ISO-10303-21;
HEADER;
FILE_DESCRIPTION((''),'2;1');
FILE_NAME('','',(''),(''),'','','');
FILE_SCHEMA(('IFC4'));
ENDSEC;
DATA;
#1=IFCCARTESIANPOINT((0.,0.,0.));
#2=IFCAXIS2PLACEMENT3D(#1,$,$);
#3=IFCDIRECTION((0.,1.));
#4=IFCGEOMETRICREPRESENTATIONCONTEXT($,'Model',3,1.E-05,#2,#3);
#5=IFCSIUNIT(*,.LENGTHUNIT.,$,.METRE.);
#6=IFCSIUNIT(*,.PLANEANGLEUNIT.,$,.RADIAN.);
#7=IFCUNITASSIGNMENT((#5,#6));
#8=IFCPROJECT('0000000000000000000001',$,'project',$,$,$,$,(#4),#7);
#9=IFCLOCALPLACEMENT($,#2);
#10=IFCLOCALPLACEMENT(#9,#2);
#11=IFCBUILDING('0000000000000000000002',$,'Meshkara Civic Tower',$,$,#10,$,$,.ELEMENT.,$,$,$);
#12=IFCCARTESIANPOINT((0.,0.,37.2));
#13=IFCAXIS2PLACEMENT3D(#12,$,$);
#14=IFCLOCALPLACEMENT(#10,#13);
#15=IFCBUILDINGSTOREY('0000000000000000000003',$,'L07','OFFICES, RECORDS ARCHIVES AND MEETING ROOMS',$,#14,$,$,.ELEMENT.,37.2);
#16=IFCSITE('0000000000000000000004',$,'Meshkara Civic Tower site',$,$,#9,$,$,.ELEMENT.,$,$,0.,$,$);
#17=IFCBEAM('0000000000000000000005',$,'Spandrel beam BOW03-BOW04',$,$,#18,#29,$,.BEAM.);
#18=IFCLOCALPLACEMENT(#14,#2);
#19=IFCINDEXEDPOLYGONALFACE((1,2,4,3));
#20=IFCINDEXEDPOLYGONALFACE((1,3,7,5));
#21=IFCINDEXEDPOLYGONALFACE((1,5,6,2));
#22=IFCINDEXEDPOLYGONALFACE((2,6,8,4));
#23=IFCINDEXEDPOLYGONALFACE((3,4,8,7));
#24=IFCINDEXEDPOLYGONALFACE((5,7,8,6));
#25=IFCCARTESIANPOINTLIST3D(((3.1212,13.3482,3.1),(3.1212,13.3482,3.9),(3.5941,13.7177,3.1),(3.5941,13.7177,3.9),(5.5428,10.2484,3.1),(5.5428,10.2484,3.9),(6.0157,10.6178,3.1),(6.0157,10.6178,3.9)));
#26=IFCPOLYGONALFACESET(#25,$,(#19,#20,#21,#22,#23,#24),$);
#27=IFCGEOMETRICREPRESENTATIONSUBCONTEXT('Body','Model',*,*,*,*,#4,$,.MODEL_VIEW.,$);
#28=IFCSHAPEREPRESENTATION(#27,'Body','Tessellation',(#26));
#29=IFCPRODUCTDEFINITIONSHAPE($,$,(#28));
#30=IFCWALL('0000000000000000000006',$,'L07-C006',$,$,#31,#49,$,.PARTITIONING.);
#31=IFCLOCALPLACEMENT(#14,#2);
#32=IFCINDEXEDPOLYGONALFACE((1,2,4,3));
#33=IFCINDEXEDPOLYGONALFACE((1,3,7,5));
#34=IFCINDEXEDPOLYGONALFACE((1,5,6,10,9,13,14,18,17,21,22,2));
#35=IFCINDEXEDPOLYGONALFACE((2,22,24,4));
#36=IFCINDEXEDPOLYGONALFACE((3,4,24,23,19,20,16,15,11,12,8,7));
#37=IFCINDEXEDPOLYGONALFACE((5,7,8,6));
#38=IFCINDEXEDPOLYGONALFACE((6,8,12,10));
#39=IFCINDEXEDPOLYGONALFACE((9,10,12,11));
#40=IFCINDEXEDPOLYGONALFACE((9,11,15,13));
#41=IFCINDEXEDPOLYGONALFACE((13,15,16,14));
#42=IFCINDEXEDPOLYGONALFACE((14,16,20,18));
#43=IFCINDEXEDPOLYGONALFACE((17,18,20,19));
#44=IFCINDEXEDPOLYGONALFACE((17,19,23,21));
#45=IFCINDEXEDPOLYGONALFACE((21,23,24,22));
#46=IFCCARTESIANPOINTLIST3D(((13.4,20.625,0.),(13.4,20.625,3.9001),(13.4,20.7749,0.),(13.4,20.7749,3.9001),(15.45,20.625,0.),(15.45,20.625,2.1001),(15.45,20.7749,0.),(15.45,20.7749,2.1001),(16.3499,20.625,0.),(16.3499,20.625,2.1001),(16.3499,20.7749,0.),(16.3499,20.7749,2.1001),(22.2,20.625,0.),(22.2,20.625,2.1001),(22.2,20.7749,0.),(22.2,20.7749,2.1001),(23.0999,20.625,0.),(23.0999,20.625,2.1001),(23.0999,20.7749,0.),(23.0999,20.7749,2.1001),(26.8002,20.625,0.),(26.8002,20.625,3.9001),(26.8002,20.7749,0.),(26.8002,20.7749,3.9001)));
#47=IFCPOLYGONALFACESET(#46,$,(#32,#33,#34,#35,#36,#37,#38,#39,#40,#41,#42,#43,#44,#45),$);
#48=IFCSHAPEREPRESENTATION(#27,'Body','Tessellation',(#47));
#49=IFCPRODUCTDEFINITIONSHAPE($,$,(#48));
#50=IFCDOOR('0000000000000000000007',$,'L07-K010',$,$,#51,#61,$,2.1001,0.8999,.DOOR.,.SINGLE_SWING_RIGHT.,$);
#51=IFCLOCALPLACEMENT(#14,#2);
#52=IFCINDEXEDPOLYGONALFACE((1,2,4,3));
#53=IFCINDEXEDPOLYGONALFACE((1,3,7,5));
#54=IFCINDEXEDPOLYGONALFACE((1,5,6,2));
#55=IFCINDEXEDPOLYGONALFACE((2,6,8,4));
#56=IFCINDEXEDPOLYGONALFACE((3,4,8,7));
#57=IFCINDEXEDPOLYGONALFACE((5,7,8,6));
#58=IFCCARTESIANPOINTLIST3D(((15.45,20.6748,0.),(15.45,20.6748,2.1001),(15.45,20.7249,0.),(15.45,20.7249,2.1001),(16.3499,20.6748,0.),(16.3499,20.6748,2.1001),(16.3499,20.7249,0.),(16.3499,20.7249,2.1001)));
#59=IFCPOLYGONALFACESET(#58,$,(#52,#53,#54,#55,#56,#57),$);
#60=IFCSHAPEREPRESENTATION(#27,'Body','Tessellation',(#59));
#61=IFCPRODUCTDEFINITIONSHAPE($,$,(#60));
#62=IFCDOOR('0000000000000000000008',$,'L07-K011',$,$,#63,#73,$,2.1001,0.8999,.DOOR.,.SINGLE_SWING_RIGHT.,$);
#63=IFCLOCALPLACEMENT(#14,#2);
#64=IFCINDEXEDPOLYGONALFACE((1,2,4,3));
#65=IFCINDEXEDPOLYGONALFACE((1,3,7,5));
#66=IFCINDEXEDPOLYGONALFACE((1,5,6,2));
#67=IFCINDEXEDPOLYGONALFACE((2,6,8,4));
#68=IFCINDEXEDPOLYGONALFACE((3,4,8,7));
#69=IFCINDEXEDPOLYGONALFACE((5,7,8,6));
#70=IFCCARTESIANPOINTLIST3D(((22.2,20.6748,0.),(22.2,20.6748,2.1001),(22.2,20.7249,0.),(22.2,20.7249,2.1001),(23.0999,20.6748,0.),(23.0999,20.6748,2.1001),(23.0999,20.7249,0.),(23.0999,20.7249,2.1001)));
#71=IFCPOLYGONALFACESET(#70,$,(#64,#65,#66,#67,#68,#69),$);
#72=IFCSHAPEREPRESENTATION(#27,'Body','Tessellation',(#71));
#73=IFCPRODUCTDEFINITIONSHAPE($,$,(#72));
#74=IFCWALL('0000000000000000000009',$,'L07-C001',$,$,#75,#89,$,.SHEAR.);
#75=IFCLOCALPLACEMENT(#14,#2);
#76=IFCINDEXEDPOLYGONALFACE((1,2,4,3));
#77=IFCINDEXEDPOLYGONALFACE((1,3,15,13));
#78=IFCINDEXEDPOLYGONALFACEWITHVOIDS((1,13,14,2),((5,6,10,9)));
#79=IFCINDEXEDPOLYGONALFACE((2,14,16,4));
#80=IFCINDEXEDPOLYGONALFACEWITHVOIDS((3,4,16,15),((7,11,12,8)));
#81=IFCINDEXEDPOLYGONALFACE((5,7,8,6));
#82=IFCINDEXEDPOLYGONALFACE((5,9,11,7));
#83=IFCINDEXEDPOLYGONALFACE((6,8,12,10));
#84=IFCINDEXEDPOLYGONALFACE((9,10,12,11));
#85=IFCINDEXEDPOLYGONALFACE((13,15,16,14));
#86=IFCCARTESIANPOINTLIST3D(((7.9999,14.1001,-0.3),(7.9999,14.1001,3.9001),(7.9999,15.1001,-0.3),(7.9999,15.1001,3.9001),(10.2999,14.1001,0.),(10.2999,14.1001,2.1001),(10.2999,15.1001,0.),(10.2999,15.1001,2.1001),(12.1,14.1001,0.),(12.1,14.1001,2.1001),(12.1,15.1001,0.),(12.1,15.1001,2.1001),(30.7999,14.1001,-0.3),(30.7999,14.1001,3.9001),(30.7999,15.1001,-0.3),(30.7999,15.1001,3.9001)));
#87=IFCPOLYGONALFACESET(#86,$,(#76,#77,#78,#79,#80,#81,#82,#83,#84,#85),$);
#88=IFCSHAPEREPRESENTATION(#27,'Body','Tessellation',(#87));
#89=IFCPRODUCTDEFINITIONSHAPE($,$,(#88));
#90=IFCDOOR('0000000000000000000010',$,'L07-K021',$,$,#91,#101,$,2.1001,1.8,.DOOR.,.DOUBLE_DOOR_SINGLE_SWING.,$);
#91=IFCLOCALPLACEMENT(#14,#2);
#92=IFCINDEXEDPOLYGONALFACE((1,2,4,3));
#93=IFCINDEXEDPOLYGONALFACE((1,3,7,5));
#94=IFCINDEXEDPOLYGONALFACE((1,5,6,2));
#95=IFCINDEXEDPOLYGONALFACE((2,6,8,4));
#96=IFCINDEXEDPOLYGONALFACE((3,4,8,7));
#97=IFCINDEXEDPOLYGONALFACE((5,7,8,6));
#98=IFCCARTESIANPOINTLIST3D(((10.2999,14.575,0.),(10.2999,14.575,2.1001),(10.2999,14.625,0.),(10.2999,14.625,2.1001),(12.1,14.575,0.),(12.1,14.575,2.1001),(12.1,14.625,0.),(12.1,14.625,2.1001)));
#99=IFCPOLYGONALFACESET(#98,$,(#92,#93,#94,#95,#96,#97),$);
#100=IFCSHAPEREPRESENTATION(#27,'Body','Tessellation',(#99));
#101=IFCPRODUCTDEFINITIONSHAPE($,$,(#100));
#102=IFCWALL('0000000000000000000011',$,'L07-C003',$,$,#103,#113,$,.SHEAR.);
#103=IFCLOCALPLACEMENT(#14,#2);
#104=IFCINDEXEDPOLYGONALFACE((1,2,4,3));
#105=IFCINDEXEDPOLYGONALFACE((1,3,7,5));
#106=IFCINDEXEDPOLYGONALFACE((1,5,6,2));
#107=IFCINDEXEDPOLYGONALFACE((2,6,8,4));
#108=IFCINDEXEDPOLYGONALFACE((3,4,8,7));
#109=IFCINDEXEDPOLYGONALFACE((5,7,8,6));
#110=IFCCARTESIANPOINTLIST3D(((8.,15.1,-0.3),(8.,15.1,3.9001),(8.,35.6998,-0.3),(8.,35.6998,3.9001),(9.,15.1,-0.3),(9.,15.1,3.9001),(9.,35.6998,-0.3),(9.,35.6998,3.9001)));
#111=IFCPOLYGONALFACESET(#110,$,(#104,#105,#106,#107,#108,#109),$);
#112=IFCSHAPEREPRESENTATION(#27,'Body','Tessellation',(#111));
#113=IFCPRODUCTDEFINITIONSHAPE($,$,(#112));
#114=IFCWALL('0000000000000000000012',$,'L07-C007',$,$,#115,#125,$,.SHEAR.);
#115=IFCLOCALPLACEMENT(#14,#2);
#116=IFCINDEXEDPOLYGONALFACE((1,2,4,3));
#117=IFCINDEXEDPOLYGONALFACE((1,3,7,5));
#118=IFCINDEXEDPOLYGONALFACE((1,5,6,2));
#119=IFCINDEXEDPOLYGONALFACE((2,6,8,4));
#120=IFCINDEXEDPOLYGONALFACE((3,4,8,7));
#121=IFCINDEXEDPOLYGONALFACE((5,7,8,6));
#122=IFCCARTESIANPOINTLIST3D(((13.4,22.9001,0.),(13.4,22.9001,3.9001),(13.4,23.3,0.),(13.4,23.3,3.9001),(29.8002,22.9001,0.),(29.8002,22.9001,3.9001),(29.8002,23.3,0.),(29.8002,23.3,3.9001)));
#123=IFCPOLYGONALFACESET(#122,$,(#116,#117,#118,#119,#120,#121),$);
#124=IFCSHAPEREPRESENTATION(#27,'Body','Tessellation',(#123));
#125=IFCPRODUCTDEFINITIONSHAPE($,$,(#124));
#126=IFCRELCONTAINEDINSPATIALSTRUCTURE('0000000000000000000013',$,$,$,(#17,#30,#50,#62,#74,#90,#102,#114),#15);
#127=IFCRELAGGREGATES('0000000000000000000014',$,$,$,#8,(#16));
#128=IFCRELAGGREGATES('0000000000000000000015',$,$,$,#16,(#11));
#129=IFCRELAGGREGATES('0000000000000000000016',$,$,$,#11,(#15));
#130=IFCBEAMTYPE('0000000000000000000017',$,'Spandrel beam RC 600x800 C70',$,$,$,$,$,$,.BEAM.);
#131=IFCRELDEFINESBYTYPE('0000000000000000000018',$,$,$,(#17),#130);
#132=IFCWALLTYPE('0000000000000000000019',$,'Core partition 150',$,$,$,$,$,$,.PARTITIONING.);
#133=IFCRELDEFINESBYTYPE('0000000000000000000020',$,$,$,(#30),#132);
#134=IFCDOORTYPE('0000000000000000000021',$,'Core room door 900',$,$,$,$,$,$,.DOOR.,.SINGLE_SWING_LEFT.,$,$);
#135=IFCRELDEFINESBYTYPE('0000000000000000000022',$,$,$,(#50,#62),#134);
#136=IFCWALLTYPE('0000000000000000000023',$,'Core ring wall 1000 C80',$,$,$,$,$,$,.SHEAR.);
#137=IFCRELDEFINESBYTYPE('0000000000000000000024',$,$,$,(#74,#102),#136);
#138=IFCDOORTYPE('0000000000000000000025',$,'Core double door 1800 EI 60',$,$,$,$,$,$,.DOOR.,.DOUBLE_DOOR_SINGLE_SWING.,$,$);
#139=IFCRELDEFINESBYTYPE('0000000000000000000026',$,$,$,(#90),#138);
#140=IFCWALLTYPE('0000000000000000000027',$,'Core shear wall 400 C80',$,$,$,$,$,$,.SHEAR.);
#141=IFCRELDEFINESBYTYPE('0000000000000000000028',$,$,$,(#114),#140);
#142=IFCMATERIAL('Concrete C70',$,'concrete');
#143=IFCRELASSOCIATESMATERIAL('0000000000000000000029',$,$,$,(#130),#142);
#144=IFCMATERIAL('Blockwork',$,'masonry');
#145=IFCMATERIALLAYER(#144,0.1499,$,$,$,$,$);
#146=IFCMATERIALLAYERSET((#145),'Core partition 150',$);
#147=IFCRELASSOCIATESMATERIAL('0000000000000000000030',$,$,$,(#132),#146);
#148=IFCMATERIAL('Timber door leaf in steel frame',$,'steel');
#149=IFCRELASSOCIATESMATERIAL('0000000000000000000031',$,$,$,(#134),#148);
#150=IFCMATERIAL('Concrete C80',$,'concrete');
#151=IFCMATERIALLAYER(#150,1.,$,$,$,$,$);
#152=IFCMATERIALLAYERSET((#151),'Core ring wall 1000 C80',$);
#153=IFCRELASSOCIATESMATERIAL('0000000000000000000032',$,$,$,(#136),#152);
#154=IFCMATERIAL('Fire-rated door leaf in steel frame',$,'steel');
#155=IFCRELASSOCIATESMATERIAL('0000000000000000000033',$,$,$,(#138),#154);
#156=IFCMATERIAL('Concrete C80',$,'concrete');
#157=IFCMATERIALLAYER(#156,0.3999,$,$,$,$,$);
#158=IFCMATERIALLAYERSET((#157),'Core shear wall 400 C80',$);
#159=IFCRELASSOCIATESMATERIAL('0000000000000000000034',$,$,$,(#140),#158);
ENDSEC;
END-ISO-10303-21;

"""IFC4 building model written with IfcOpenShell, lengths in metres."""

from ifc_helpers import new_model, si_unit, direction, frame, frame_2d, origin, origin_2d, place, context, subcontext, project, spatial, rectangle, extrude, material, layer, layer_set, material_profile, profile_set, type_object, element, fill, save


model = new_model("IFC4")

# Units and contexts
model_context = context("Model", 3, precision=1e-05, world=origin(), true_north=direction((0.0, 1.0)))
body_context = subcontext(model_context, "Body", "Model", "MODEL_VIEW")
ifc_project = project(units=[si_unit("LENGTHUNIT", "METRE"), si_unit("PLANEANGLEUNIT", "RADIAN")], contexts=[model_context])

# Site, building, storey
site_placement = place(None, origin())
site = spatial("IfcSite", under=ifc_project, at=site_placement, Name="Meshkara Civic Tower site", CompositionType="ELEMENT", RefElevation=0.0)
building_placement = place(site_placement, origin())
building = spatial("IfcBuilding", under=site, at=building_placement, Name="Meshkara Civic Tower", CompositionType="ELEMENT")
storey_placement = place(building_placement, frame((0.0, 0.0, 37.2)))
storey = spatial("IfcBuildingStorey", under=building, at=storey_placement, Name="L07", Description="OFFICES, RECORDS ARCHIVES AND MEETING ROOMS", CompositionType="ELEMENT", Elevation=37.2)

# Beam
ifc_material_1 = material(Name="Concrete C70", Category="concrete")
ifc_material_profile = material_profile(ifc_material_1, rectangle(XDim=0.6001, YDim=0.8, at=origin_2d()))
ifc_profile_set = profile_set([ifc_material_profile], Name="Concrete C70")
beam_type = type_object("IfcBeamType", Name="Spandrel beam RC 600x800 C70", PredefinedType="BEAM", material=ifc_profile_set)
beam_placement = place(storey_placement, frame((3.3577, 13.533, 3.5), z_axis=(0.615624, -0.78804, 0.0), x_axis=(0.78804, 0.615624, 0.0)))
element("IfcBeam", 1, at=beam_placement, inside=storey, type_object=beam_type, Name="Spandrel beam BOW03-BOW04", PredefinedType="BEAM", context=body_context, shape_type="SweptSolid", body=[
    extrude(rectangle(XDim=0.6001, YDim=0.8, at=origin_2d()), origin(), (0.0, 0.0, 1.0), 3.9336),
])

# Wall, openings, doors
ifc_material_2 = material(Name="Blockwork", Category="masonry")
ifc_layer_1 = layer(ifc_material_2, 0.1499)
ifc_layer_set_1 = layer_set([ifc_layer_1], Name="Core partition 150")
wall_type_1 = type_object("IfcWallType", Name="Core partition 150", PredefinedType="PARTITIONING", material=ifc_layer_set_1)
wall_1_placement = place(storey_placement, frame((13.3999, 20.7, 0.0), z_axis=(0.0, 0.0, 1.0), x_axis=(1.0, 0.0, 0.0)))
wall_1 = element("IfcWall", 2, at=wall_1_placement, inside=storey, type_object=wall_type_1, Name="L07-C006", PredefinedType="PARTITIONING", context=body_context, shape_type="SweptSolid", body=[
    extrude(rectangle(XDim=13.4001, YDim=0.1499, at=frame_2d((6.7002, 0.0))), origin(), (0.0, 0.0, 1.0), 3.9001),
])
opening_1_placement = place(wall_1_placement, frame((2.05, 0.0, 0.0)))
opening_1 = element("IfcOpeningElement", 3, at=opening_1_placement, cuts=wall_1, PredefinedType="OPENING", context=body_context, shape_type="SweptSolid", body=[
    extrude(rectangle(XDim=0.8999, YDim=2.1001, at=frame_2d((0.45, 1.05))), frame((0.0, 0.085, 0.0), z_axis=(0.0, -1.0, 0.0), x_axis=(1.0, 0.0, 0.0)), (0.0, 0.0, 1.0), 0.1699),
])
opening_2_placement = place(wall_1_placement, frame((8.8, 0.0, 0.0)))
opening_2 = element("IfcOpeningElement", 4, at=opening_2_placement, cuts=wall_1, PredefinedType="OPENING", context=body_context, shape_type="SweptSolid", body=[
    extrude(rectangle(XDim=0.8999, YDim=2.1001, at=frame_2d((0.45, 1.05))), frame((0.0, 0.085, 0.0), z_axis=(0.0, -1.0, 0.0), x_axis=(1.0, 0.0, 0.0)), (0.0, 0.0, 1.0), 0.1699),
])
ifc_material_3 = material(Name="Timber door leaf in steel frame", Category="steel")
door_type_1 = type_object("IfcDoorType", Name="Core room door 900", OperationType="SINGLE_SWING_LEFT", PredefinedType="DOOR", material=ifc_material_3)
door_1_placement = place(opening_1_placement, origin())
door_1 = element("IfcDoor", 5, at=door_1_placement, inside=storey, type_object=door_type_1, Name="L07-K010", OperationType="SINGLE_SWING_RIGHT", OverallHeight=2.1001, OverallWidth=0.8999, PredefinedType="DOOR", context=body_context, shape_type="SweptSolid", body=[
    extrude(rectangle(XDim=0.8999, YDim=2.1001, at=frame_2d((0.45, 1.05))), frame((0.0, 0.0249, 0.0), z_axis=(0.0, -1.0, 0.0), x_axis=(1.0, 0.0, 0.0)), (0.0, 0.0, 1.0), 0.05),
])
fill(opening_1, door_1)
door_2_placement = place(opening_2_placement, origin())
door_2 = element("IfcDoor", 6, at=door_2_placement, inside=storey, type_object=door_type_1, Name="L07-K011", OperationType="SINGLE_SWING_RIGHT", OverallHeight=2.1001, OverallWidth=0.8999, PredefinedType="DOOR", context=body_context, shape_type="SweptSolid", body=[
    extrude(rectangle(XDim=0.8999, YDim=2.1001, at=frame_2d((0.45, 1.05))), frame((0.0, 0.0249, 0.0), z_axis=(0.0, -1.0, 0.0), x_axis=(1.0, 0.0, 0.0)), (0.0, 0.0, 1.0), 0.05),
])
fill(opening_2, door_2)

# Wall, opening, door
ifc_material_4 = material(Name="Concrete C80", Category="concrete")
ifc_layer_2 = layer(ifc_material_4, 1.0)
ifc_layer_set_2 = layer_set([ifc_layer_2], Name="Core ring wall 1000 C80")
wall_type_2 = type_object("IfcWallType", Name="Core ring wall 1000 C80", PredefinedType="SHEAR", material=ifc_layer_set_2)
wall_2_placement = place(storey_placement, frame((8.0, 14.6001, -0.3), z_axis=(0.0, 0.0, 1.0), x_axis=(1.0, 0.0, 0.0)))
wall_2 = element("IfcWall", 7, at=wall_2_placement, inside=storey, type_object=wall_type_2, Name="L07-C001", PredefinedType="SHEAR", context=body_context, shape_type="SweptSolid", body=[
    extrude(rectangle(XDim=22.8, YDim=1.0, at=frame_2d((11.3999, 0.0))), origin(), (0.0, 0.0, 1.0), 4.2002),
])
opening_3_placement = place(wall_2_placement, frame((2.3, 0.0, 0.3)))
opening_3 = element("IfcOpeningElement", 8, at=opening_3_placement, cuts=wall_2, PredefinedType="OPENING", context=body_context, shape_type="SweptSolid", body=[
    extrude(rectangle(XDim=1.8, YDim=2.1001, at=frame_2d((0.8999, 1.05))), frame((0.0, 0.51, 0.0), z_axis=(0.0, -1.0, 0.0), x_axis=(1.0, 0.0, 0.0)), (0.0, 0.0, 1.0), 1.02),
])
ifc_material_5 = material(Name="Fire-rated door leaf in steel frame", Category="steel")
door_type_2 = type_object("IfcDoorType", Name="Core double door 1800 EI 60", OperationType="DOUBLE_DOOR_SINGLE_SWING", PredefinedType="DOOR", material=ifc_material_5)
door_3_placement = place(opening_3_placement, origin())
door_3 = element("IfcDoor", 9, at=door_3_placement, inside=storey, type_object=door_type_2, Name="L07-K021", OperationType="DOUBLE_DOOR_SINGLE_SWING", OverallHeight=2.1001, OverallWidth=1.8, PredefinedType="DOOR", context=body_context, shape_type="SweptSolid", body=[
    extrude(rectangle(XDim=1.8, YDim=2.1001, at=frame_2d((0.8999, 1.05))), frame((0.0, 0.0249, 0.0), z_axis=(0.0, -1.0, 0.0), x_axis=(1.0, 0.0, 0.0)), (0.0, 0.0, 1.0), 0.05),
])
fill(opening_3, door_3)

# Walls
wall_3_placement = place(storey_placement, frame((8.5, 15.1001, -0.3), z_axis=(0.0, 0.0, 1.0), x_axis=(0.0, 1.0, 0.0)))
element("IfcWall", 10, at=wall_3_placement, inside=storey, type_object=wall_type_2, Name="L07-C003", PredefinedType="SHEAR", context=body_context, shape_type="SweptSolid", body=[
    extrude(rectangle(XDim=20.5999, YDim=1.0, at=frame_2d((10.2998, 0.0))), origin(), (0.0, 0.0, 1.0), 4.2002),
])
ifc_material_6 = material(Name="Concrete C80", Category="concrete")
ifc_layer_3 = layer(ifc_material_6, 0.3999)
ifc_layer_set_3 = layer_set([ifc_layer_3], Name="Core shear wall 400 C80")
wall_type_3 = type_object("IfcWallType", Name="Core shear wall 400 C80", PredefinedType="SHEAR", material=ifc_layer_set_3)
wall_4_placement = place(storey_placement, frame((13.3999, 23.1001, 0.0), z_axis=(0.0, 0.0, 1.0), x_axis=(1.0, 0.0, 0.0)))
element("IfcWall", 11, at=wall_4_placement, inside=storey, type_object=wall_type_3, Name="L07-C007", PredefinedType="SHEAR", context=body_context, shape_type="SweptSolid", body=[
    extrude(rectangle(XDim=16.4001, YDim=0.3999, at=frame_2d((8.2002, 0.0))), origin(), (0.0, 0.0, 1.0), 3.9001),
])

save(model, "model.ifc")
